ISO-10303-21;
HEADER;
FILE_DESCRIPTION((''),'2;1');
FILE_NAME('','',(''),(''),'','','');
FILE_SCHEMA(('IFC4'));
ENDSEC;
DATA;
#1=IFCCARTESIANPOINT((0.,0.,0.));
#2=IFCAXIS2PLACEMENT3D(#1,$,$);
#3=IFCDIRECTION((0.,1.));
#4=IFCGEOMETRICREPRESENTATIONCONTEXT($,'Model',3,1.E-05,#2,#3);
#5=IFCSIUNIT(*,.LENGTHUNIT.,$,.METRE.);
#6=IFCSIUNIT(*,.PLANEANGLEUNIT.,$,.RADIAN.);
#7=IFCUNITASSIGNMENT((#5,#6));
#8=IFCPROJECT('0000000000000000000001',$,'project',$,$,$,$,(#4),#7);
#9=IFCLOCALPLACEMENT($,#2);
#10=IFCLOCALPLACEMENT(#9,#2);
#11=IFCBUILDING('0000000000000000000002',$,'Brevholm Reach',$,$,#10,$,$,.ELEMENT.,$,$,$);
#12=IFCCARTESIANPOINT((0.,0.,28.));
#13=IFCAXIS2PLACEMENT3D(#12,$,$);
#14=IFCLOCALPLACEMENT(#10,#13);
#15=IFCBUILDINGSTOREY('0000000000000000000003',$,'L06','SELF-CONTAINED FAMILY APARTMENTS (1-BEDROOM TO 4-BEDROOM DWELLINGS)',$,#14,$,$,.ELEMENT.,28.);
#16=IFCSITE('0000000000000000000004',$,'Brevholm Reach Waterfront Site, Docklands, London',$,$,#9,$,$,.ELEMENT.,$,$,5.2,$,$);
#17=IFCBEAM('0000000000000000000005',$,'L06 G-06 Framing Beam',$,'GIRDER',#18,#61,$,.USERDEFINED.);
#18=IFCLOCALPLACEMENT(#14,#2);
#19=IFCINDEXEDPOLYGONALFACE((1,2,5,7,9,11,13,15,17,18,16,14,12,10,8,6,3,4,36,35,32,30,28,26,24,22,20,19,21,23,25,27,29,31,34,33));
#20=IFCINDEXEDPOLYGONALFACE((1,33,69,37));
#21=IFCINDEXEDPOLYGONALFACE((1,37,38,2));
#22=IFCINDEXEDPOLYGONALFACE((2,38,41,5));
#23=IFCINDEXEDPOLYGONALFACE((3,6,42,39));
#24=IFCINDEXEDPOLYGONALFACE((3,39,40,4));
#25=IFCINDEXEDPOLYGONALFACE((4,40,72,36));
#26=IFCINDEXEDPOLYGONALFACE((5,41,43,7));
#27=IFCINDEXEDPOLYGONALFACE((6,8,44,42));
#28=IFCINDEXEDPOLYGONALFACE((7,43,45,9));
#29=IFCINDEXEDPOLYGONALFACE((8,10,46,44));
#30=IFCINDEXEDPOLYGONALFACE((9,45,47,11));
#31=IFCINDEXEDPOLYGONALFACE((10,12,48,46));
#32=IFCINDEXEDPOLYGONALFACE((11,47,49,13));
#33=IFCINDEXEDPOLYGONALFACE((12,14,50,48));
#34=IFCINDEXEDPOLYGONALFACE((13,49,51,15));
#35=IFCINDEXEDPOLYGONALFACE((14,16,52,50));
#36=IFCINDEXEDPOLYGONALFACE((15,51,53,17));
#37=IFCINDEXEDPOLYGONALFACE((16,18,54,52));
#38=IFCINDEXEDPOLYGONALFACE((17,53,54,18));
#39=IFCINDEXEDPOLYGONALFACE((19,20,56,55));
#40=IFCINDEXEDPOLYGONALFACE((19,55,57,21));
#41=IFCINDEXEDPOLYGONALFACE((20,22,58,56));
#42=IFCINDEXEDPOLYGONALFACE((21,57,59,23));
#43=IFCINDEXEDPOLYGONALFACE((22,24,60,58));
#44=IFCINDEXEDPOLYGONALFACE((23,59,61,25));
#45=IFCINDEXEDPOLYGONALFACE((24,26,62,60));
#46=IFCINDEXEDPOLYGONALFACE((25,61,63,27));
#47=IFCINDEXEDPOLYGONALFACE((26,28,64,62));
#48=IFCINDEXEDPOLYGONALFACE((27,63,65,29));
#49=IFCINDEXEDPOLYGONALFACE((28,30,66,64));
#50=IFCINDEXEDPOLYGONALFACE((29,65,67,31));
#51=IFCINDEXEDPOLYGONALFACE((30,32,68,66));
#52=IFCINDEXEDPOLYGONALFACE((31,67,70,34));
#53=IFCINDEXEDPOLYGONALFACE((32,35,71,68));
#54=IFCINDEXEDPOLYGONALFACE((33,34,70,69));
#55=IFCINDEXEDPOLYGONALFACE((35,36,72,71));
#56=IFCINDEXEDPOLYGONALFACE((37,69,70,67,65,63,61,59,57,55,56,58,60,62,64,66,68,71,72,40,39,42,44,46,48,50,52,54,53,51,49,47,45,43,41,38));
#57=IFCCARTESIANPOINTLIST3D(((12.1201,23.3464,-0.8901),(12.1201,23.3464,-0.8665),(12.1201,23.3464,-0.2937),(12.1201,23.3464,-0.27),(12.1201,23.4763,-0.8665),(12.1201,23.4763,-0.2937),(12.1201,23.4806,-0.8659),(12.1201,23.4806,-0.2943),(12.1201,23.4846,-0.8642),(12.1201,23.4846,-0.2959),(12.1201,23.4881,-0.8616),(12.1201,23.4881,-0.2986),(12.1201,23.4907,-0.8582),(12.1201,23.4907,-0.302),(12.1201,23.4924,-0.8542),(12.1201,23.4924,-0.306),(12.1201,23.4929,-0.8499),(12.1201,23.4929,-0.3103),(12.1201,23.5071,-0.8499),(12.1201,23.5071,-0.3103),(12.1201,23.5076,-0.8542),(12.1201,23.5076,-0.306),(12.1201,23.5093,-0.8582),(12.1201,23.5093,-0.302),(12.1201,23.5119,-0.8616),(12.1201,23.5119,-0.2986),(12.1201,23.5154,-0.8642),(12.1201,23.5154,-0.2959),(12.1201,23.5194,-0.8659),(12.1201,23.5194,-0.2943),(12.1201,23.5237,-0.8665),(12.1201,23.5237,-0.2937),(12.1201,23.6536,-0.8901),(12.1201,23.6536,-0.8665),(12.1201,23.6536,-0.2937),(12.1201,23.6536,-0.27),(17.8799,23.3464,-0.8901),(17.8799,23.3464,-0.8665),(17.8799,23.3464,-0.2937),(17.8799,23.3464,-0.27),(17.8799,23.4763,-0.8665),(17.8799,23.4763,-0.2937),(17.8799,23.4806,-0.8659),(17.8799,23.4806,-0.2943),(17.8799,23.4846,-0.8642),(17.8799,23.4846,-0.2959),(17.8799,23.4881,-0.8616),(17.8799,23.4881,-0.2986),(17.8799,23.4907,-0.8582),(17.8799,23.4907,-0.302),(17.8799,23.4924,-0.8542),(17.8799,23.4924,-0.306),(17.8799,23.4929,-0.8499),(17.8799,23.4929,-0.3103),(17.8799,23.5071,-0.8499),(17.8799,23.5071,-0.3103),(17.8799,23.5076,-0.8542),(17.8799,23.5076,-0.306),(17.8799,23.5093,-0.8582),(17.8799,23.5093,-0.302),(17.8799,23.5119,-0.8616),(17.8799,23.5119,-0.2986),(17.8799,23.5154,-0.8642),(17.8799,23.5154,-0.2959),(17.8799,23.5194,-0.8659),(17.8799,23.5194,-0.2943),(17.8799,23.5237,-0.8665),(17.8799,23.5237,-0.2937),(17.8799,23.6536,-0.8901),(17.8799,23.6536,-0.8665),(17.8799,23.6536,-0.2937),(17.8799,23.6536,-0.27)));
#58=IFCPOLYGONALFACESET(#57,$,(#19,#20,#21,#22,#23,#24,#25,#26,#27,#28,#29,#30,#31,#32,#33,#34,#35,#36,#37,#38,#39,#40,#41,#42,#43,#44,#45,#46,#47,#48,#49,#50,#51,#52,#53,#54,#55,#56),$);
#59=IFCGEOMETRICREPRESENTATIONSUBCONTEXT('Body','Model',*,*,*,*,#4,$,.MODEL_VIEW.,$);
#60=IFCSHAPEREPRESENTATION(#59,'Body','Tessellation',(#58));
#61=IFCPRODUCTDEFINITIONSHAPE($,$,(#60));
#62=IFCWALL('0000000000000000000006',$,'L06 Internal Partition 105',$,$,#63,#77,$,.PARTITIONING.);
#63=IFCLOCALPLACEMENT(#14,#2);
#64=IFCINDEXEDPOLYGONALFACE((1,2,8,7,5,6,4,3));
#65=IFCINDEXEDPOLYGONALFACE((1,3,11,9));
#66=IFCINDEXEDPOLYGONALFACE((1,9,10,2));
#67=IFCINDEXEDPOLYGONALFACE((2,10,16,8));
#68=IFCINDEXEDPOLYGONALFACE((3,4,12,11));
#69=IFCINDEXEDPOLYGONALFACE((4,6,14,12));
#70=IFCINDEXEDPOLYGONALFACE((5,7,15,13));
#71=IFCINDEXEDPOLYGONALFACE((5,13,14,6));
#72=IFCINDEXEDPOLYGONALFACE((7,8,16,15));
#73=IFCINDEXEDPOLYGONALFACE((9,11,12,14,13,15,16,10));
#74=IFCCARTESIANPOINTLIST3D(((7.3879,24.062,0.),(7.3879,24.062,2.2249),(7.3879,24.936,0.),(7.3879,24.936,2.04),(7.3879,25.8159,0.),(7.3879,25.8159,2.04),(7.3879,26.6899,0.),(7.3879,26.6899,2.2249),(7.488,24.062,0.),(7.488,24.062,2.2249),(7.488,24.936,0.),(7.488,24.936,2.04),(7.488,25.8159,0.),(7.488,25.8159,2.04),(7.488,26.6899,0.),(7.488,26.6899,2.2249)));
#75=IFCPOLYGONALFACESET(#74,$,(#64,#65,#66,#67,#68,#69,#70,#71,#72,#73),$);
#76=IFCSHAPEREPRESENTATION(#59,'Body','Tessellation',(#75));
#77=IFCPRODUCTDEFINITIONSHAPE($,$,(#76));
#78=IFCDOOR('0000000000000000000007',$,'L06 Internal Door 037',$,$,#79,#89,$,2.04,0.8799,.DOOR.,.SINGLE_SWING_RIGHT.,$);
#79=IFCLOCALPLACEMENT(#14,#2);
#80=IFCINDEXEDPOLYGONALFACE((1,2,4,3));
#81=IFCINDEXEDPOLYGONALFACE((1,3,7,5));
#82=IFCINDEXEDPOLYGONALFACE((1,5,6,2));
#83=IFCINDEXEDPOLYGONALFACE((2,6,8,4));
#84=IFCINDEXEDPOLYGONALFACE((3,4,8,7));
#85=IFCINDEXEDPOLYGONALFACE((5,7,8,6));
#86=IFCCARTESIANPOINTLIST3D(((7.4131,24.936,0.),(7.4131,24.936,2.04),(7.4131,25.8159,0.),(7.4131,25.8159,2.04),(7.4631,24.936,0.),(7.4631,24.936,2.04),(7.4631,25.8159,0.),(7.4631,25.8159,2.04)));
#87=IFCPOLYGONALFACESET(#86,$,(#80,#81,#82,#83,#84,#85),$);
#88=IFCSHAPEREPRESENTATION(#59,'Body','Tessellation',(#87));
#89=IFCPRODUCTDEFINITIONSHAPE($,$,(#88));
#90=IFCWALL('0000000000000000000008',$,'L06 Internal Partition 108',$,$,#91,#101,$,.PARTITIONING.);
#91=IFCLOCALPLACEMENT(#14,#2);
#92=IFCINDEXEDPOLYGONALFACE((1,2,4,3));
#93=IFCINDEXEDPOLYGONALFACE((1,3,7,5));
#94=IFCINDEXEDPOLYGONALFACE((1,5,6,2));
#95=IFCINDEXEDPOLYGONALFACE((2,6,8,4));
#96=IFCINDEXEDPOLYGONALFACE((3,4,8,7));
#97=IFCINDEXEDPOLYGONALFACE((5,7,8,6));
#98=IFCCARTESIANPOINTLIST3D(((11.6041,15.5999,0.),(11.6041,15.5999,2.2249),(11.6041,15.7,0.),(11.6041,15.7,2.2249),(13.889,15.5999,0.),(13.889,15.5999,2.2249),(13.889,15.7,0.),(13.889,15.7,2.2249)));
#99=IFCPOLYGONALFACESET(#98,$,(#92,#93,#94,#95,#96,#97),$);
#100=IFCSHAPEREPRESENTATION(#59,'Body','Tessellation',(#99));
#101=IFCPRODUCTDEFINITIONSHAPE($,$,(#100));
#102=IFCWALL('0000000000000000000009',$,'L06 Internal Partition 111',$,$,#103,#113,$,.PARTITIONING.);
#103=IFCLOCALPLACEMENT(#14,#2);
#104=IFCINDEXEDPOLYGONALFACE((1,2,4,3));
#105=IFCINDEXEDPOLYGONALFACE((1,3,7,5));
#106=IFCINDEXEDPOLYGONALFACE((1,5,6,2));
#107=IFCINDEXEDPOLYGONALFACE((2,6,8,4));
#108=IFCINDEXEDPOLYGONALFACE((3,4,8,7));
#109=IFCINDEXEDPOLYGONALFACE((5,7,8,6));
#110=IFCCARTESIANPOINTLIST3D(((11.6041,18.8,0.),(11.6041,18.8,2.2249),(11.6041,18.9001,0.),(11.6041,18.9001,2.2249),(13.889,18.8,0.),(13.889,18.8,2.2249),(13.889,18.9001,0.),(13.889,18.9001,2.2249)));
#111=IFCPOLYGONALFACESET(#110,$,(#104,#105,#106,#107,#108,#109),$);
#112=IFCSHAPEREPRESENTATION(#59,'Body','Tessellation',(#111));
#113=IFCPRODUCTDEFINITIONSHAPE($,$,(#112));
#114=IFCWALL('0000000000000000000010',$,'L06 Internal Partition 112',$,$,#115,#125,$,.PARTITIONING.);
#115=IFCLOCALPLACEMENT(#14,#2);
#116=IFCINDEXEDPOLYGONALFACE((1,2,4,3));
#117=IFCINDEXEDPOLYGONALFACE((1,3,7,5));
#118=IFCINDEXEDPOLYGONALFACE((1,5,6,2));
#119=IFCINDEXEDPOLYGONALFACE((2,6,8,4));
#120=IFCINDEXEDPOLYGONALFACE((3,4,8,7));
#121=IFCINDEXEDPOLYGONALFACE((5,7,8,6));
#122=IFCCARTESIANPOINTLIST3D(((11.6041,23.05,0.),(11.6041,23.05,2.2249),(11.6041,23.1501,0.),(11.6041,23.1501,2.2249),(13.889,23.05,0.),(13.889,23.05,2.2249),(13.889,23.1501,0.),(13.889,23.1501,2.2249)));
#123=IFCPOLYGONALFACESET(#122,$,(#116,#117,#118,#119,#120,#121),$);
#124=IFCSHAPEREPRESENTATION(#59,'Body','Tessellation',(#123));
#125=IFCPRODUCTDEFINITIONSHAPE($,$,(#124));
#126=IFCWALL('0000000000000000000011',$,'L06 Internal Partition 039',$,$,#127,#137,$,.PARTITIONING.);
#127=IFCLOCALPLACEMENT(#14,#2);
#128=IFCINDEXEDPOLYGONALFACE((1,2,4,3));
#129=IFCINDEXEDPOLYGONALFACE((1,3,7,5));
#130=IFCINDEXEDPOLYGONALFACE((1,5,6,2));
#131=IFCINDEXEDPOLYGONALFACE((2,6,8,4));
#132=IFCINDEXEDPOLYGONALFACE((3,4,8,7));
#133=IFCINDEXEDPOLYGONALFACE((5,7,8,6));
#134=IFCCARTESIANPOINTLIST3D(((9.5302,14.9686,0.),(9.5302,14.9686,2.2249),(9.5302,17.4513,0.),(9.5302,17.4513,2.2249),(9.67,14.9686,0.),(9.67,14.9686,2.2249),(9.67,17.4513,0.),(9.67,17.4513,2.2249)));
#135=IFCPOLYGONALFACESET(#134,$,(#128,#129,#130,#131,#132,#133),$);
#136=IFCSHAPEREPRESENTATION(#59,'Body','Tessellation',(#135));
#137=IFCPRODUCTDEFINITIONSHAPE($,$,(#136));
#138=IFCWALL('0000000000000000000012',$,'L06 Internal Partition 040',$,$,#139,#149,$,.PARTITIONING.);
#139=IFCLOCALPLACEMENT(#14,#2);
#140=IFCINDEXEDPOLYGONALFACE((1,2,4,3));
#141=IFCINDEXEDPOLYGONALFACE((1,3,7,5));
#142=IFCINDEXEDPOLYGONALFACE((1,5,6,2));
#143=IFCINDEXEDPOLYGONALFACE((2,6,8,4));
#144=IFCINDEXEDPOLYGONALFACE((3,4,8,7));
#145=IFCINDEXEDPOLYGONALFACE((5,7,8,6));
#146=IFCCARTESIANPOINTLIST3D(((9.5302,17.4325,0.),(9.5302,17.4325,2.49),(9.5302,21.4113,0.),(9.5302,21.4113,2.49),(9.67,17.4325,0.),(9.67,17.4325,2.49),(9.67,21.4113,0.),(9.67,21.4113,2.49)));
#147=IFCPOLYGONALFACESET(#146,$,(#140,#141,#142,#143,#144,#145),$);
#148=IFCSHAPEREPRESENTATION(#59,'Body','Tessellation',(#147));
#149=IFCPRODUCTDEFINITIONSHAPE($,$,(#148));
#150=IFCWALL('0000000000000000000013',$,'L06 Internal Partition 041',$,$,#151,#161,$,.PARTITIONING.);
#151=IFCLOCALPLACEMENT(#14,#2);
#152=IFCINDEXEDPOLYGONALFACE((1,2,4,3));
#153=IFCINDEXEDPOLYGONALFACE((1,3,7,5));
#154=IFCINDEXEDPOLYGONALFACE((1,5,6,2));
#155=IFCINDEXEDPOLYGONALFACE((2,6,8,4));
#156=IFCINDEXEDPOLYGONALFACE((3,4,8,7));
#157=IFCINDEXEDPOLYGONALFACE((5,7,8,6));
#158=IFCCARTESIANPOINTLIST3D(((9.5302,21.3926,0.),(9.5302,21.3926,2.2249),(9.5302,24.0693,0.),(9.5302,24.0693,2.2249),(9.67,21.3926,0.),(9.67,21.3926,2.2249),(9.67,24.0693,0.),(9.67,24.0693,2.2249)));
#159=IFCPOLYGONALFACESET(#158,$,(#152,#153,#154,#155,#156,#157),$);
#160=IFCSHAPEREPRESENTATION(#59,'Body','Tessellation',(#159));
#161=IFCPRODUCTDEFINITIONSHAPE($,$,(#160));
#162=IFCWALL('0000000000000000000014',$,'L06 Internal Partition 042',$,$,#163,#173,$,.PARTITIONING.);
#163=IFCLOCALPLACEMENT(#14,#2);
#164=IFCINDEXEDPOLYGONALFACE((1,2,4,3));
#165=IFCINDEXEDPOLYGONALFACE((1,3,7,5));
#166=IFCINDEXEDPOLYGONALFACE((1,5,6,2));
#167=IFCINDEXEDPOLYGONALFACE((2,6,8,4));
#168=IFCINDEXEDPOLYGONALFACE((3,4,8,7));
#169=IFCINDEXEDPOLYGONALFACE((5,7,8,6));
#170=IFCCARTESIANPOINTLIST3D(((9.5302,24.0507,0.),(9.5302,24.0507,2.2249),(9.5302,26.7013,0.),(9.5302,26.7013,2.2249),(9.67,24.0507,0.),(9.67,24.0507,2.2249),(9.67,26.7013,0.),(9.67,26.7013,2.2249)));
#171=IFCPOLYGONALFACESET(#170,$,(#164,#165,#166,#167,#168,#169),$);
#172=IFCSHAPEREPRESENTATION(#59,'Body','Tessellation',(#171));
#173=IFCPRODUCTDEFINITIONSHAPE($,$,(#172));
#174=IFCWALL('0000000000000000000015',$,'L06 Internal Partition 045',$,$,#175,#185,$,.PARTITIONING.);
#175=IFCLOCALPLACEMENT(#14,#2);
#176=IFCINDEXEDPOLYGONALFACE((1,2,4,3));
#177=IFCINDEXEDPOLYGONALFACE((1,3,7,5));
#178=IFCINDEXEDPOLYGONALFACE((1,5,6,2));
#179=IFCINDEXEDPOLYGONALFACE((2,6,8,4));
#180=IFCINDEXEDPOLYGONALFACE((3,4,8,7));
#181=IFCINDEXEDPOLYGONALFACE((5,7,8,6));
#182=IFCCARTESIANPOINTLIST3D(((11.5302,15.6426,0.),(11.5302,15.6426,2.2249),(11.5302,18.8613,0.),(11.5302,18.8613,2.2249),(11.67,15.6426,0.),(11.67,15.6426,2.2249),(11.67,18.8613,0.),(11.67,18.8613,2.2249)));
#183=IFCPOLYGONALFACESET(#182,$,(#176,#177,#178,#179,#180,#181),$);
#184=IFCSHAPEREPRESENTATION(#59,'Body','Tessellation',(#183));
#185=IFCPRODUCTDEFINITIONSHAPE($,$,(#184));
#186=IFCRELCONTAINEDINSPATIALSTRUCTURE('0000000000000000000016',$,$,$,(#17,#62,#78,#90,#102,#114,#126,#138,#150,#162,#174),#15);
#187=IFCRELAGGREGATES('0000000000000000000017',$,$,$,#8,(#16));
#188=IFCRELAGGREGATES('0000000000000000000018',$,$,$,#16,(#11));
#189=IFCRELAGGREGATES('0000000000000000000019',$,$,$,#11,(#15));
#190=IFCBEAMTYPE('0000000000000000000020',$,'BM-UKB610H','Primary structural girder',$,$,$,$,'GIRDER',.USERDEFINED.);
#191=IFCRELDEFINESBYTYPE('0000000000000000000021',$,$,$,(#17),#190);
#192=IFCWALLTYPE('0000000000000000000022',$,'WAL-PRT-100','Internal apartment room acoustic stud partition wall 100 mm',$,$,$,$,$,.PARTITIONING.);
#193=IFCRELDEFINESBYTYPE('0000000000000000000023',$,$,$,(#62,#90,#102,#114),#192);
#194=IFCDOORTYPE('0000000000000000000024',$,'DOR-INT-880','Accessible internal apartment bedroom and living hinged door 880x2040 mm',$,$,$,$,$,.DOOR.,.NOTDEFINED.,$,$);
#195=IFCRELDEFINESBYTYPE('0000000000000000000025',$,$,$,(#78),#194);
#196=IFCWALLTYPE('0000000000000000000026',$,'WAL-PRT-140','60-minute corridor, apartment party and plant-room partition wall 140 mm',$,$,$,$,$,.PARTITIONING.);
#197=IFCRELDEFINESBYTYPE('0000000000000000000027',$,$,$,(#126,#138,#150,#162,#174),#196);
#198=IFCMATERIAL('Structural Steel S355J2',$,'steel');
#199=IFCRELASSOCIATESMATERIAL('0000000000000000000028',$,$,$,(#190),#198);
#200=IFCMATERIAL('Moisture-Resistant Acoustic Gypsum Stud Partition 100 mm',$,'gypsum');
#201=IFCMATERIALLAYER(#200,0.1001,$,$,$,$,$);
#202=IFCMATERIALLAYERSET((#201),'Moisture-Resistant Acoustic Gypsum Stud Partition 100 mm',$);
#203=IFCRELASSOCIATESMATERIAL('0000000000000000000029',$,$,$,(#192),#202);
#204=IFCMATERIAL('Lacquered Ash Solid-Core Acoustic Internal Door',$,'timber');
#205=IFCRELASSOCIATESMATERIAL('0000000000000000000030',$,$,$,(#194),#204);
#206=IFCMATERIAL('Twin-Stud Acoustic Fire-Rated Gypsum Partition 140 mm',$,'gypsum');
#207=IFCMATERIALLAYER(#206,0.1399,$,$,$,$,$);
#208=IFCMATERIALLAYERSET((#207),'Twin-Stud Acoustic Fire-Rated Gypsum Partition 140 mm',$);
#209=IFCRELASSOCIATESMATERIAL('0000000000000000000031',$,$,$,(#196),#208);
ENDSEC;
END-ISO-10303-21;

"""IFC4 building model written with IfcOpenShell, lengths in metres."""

from ifc_helpers import new_model, si_unit, direction, frame, frame_2d, origin, origin_2d, place, context, subcontext, project, spatial, rectangle, i_section, extrude, material, layer, layer_set, material_profile, profile_set, type_object, element, fill, save


model = new_model("IFC4")

# Units and contexts
model_context = context("Model", 3, precision=1e-05, world=origin(), true_north=direction((0.0, 1.0)))
body_context = subcontext(model_context, "Body", "Model", "MODEL_VIEW")
ifc_project = project(units=[si_unit("LENGTHUNIT", "METRE"), si_unit("PLANEANGLEUNIT", "RADIAN")], contexts=[model_context])

# Site, building, storey
site_placement = place(None, origin())
site = spatial("IfcSite", under=ifc_project, at=site_placement, Name="Brevholm Reach Waterfront Site, Docklands, London", CompositionType="ELEMENT", RefElevation=5.2)
building_placement = place(site_placement, origin())
building = spatial("IfcBuilding", under=site, at=building_placement, Name="Brevholm Reach", CompositionType="ELEMENT")
storey_placement = place(building_placement, frame((0.0, 0.0, 28.0)))
storey = spatial("IfcBuildingStorey", under=building, at=storey_placement, Name="L06", Description="SELF-CONTAINED FAMILY APARTMENTS (1-BEDROOM TO 4-BEDROOM DWELLINGS)", CompositionType="ELEMENT", Elevation=28.0)

# Beam
ifc_material_1 = material(Name="Structural Steel S355J2", Category="steel")
ifc_material_profile_1 = material_profile(ifc_material_1, i_section(OverallWidth=0.3071, OverallDepth=0.6201, WebThickness=0.0142, FlangeThickness=0.0237, FilletRadius=0.0166, at=origin_2d()), Name="UKB 610x305x179")
ifc_profile_set_1 = profile_set([ifc_material_profile_1], Name="Structural Steel S355J2")
beam_type = type_object("IfcBeamType", Name="BM-UKB610H", Description="Primary structural girder", ElementType="GIRDER", PredefinedType="USERDEFINED", material=ifc_profile_set_1)
for number, where, z_axis, x_axis, name in (
    (1, (12.1201, 23.5, -0.5801), (1.0, 0.0, 0.0), (0.0, 1.0, 0.0), "L06 G-06 Framing Beam"),
):
    element("IfcBeam", number, at=place(storey_placement, frame(where, z_axis=z_axis, x_axis=x_axis)), inside=storey, type_object=beam_type, Name=name, ObjectType="GIRDER", PredefinedType="USERDEFINED", context=body_context, shape_type="SweptSolid", body=[
        extrude(i_section(OverallWidth=0.3071, OverallDepth=0.6201, WebThickness=0.0142, FlangeThickness=0.0237, FilletRadius=0.0166, at=origin_2d()), origin(), (0.0, 0.0, 1.0), 5.7598),
    ])

# Wall, opening, door
ifc_material_2 = material(Name="Moisture-Resistant Acoustic Gypsum Stud Partition 100 mm", Category="gypsum")
ifc_layer_1 = layer(ifc_material_2, 0.1001)
ifc_layer_set_1 = layer_set([ifc_layer_1], Name="Moisture-Resistant Acoustic Gypsum Stud Partition 100 mm")
wall_type_1 = type_object("IfcWallType", Name="WAL-PRT-100", Description="Internal apartment room acoustic stud partition wall 100 mm", PredefinedType="PARTITIONING", material=ifc_layer_set_1)
wall_1_placement = place(storey_placement, frame((7.438, 24.062, 0.0), z_axis=(0.0, 0.0, 1.0), x_axis=(0.0, 1.0, 0.0)))
wall_1 = element("IfcWall", 2, at=wall_1_placement, inside=storey, type_object=wall_type_1, Name="L06 Internal Partition 105", PredefinedType="PARTITIONING", context=body_context, shape_type="SweptSolid", body=[
    extrude(rectangle(XDim=2.6279, YDim=0.1001, at=frame_2d((1.314, 0.0))), origin(), (0.0, 0.0, 1.0), 2.2249),
])
opening_1_placement = place(wall_1_placement, frame((0.874, 0.0, 0.0)))
opening_1 = element("IfcOpeningElement", 3, at=opening_1_placement, cuts=wall_1, PredefinedType="OPENING", context=body_context, shape_type="SweptSolid", body=[
    extrude(rectangle(XDim=0.8799, YDim=2.04, at=frame_2d((0.4399, 1.02))), frame((0.0, 0.0601, 0.0), z_axis=(0.0, -1.0, 0.0), x_axis=(1.0, 0.0, 0.0)), (0.0, 0.0, 1.0), 0.1201),
])
ifc_material_3 = material(Name="Lacquered Ash Solid-Core Acoustic Internal Door", Category="timber")
door_type_1 = type_object("IfcDoorType", Name="DOR-INT-880", Description="Accessible internal apartment bedroom and living hinged door 880x2040 mm", OperationType="NOTDEFINED", PredefinedType="DOOR", material=ifc_material_3)
door_1_placement = place(opening_1_placement, origin())
door_1 = element("IfcDoor", 4, at=door_1_placement, inside=storey, type_object=door_type_1, Name="L06 Internal Door 037", OperationType="SINGLE_SWING_RIGHT", OverallHeight=2.04, OverallWidth=0.8799, PredefinedType="DOOR", context=body_context, shape_type="SweptSolid", body=[
    extrude(rectangle(XDim=0.8799, YDim=2.04, at=frame_2d((0.4399, 1.02))), frame((0.0, 0.0249, 0.0), z_axis=(0.0, -1.0, 0.0), x_axis=(1.0, 0.0, 0.0)), (0.0, 0.0, 1.0), 0.05),
])
fill(opening_1, door_1)

# Walls
for number, where, z_axis, x_axis, name in (
    (5, (11.604, 15.6499, 0.0), (0.0, 0.0, 1.0), (1.0, 0.0, 0.0), "L06 Internal Partition 108"),
    (6, (11.604, 18.8501, 0.0), (0.0, 0.0, 1.0), (1.0, 0.0, 0.0), "L06 Internal Partition 111"),
    (7, (11.604, 23.1001, 0.0), (0.0, 0.0, 1.0), (1.0, 0.0, 0.0), "L06 Internal Partition 112"),
):
    element("IfcWall", number, at=place(storey_placement, frame(where, z_axis=z_axis, x_axis=x_axis)), inside=storey, type_object=wall_type_1, Name=name, PredefinedType="PARTITIONING", context=body_context, shape_type="SweptSolid", body=[
        extrude(rectangle(XDim=2.2849, YDim=0.1001, at=frame_2d((1.1426, 0.0))), origin(), (0.0, 0.0, 1.0), 2.2249),
    ])
ifc_material_4 = material(Name="Twin-Stud Acoustic Fire-Rated Gypsum Partition 140 mm", Category="gypsum")
ifc_layer_2 = layer(ifc_material_4, 0.1399)
ifc_layer_set_2 = layer_set([ifc_layer_2], Name="Twin-Stud Acoustic Fire-Rated Gypsum Partition 140 mm")
wall_type_2 = type_object("IfcWallType", Name="WAL-PRT-140", Description="60-minute corridor, apartment party and plant-room partition wall 140 mm", PredefinedType="PARTITIONING", material=ifc_layer_set_2)
wall_2_placement = place(storey_placement, frame((9.6001, 14.9688, 0.0), z_axis=(0.0, 0.0, 1.0), x_axis=(0.0, 1.0, 0.0)))
element("IfcWall", 8, at=wall_2_placement, inside=storey, type_object=wall_type_2, Name="L06 Internal Partition 039", PredefinedType="PARTITIONING", context=body_context, shape_type="SweptSolid", body=[
    extrude(rectangle(XDim=2.4827, YDim=0.1399, at=frame_2d((1.2412, 0.0))), origin(), (0.0, 0.0, 1.0), 2.2249),
])
wall_3_placement = place(storey_placement, frame((9.6001, 17.4326, 0.0), z_axis=(0.0, 0.0, 1.0), x_axis=(0.0, 1.0, 0.0)))
element("IfcWall", 9, at=wall_3_placement, inside=storey, type_object=wall_type_2, Name="L06 Internal Partition 040", PredefinedType="PARTITIONING", context=body_context, shape_type="SweptSolid", body=[
    extrude(rectangle(XDim=3.9788, YDim=0.1399, at=frame_2d((1.9893, 0.0))), origin(), (0.0, 0.0, 1.0), 2.49),
])
wall_4_placement = place(storey_placement, frame((9.6001, 21.3926, 0.0), z_axis=(0.0, 0.0, 1.0), x_axis=(0.0, 1.0, 0.0)))
element("IfcWall", 10, at=wall_4_placement, inside=storey, type_object=wall_type_2, Name="L06 Internal Partition 041", PredefinedType="PARTITIONING", context=body_context, shape_type="SweptSolid", body=[
    extrude(rectangle(XDim=2.6768, YDim=0.1399, at=frame_2d((1.3384, 0.0))), origin(), (0.0, 0.0, 1.0), 2.2249),
])
wall_5_placement = place(storey_placement, frame((9.6001, 24.0508, 0.0), z_axis=(0.0, 0.0, 1.0), x_axis=(0.0, 1.0, 0.0)))
element("IfcWall", 11, at=wall_5_placement, inside=storey, type_object=wall_type_2, Name="L06 Internal Partition 042", PredefinedType="PARTITIONING", context=body_context, shape_type="SweptSolid", body=[
    extrude(rectangle(XDim=2.6506, YDim=0.1399, at=frame_2d((1.3252, 0.0))), origin(), (0.0, 0.0, 1.0), 2.2249),
])
wall_6_placement = place(storey_placement, frame((11.6001, 15.6426, 0.0), z_axis=(0.0, 0.0, 1.0), x_axis=(0.0, 1.0, 0.0)))
element("IfcWall", 12, at=wall_6_placement, inside=storey, type_object=wall_type_2, Name="L06 Internal Partition 045", PredefinedType="PARTITIONING", context=body_context, shape_type="SweptSolid", body=[
    extrude(rectangle(XDim=3.2188, YDim=0.1399, at=frame_2d((1.6094, 0.0))), origin(), (0.0, 0.0, 1.0), 2.2249),
])

save(model, "model.ifc")
